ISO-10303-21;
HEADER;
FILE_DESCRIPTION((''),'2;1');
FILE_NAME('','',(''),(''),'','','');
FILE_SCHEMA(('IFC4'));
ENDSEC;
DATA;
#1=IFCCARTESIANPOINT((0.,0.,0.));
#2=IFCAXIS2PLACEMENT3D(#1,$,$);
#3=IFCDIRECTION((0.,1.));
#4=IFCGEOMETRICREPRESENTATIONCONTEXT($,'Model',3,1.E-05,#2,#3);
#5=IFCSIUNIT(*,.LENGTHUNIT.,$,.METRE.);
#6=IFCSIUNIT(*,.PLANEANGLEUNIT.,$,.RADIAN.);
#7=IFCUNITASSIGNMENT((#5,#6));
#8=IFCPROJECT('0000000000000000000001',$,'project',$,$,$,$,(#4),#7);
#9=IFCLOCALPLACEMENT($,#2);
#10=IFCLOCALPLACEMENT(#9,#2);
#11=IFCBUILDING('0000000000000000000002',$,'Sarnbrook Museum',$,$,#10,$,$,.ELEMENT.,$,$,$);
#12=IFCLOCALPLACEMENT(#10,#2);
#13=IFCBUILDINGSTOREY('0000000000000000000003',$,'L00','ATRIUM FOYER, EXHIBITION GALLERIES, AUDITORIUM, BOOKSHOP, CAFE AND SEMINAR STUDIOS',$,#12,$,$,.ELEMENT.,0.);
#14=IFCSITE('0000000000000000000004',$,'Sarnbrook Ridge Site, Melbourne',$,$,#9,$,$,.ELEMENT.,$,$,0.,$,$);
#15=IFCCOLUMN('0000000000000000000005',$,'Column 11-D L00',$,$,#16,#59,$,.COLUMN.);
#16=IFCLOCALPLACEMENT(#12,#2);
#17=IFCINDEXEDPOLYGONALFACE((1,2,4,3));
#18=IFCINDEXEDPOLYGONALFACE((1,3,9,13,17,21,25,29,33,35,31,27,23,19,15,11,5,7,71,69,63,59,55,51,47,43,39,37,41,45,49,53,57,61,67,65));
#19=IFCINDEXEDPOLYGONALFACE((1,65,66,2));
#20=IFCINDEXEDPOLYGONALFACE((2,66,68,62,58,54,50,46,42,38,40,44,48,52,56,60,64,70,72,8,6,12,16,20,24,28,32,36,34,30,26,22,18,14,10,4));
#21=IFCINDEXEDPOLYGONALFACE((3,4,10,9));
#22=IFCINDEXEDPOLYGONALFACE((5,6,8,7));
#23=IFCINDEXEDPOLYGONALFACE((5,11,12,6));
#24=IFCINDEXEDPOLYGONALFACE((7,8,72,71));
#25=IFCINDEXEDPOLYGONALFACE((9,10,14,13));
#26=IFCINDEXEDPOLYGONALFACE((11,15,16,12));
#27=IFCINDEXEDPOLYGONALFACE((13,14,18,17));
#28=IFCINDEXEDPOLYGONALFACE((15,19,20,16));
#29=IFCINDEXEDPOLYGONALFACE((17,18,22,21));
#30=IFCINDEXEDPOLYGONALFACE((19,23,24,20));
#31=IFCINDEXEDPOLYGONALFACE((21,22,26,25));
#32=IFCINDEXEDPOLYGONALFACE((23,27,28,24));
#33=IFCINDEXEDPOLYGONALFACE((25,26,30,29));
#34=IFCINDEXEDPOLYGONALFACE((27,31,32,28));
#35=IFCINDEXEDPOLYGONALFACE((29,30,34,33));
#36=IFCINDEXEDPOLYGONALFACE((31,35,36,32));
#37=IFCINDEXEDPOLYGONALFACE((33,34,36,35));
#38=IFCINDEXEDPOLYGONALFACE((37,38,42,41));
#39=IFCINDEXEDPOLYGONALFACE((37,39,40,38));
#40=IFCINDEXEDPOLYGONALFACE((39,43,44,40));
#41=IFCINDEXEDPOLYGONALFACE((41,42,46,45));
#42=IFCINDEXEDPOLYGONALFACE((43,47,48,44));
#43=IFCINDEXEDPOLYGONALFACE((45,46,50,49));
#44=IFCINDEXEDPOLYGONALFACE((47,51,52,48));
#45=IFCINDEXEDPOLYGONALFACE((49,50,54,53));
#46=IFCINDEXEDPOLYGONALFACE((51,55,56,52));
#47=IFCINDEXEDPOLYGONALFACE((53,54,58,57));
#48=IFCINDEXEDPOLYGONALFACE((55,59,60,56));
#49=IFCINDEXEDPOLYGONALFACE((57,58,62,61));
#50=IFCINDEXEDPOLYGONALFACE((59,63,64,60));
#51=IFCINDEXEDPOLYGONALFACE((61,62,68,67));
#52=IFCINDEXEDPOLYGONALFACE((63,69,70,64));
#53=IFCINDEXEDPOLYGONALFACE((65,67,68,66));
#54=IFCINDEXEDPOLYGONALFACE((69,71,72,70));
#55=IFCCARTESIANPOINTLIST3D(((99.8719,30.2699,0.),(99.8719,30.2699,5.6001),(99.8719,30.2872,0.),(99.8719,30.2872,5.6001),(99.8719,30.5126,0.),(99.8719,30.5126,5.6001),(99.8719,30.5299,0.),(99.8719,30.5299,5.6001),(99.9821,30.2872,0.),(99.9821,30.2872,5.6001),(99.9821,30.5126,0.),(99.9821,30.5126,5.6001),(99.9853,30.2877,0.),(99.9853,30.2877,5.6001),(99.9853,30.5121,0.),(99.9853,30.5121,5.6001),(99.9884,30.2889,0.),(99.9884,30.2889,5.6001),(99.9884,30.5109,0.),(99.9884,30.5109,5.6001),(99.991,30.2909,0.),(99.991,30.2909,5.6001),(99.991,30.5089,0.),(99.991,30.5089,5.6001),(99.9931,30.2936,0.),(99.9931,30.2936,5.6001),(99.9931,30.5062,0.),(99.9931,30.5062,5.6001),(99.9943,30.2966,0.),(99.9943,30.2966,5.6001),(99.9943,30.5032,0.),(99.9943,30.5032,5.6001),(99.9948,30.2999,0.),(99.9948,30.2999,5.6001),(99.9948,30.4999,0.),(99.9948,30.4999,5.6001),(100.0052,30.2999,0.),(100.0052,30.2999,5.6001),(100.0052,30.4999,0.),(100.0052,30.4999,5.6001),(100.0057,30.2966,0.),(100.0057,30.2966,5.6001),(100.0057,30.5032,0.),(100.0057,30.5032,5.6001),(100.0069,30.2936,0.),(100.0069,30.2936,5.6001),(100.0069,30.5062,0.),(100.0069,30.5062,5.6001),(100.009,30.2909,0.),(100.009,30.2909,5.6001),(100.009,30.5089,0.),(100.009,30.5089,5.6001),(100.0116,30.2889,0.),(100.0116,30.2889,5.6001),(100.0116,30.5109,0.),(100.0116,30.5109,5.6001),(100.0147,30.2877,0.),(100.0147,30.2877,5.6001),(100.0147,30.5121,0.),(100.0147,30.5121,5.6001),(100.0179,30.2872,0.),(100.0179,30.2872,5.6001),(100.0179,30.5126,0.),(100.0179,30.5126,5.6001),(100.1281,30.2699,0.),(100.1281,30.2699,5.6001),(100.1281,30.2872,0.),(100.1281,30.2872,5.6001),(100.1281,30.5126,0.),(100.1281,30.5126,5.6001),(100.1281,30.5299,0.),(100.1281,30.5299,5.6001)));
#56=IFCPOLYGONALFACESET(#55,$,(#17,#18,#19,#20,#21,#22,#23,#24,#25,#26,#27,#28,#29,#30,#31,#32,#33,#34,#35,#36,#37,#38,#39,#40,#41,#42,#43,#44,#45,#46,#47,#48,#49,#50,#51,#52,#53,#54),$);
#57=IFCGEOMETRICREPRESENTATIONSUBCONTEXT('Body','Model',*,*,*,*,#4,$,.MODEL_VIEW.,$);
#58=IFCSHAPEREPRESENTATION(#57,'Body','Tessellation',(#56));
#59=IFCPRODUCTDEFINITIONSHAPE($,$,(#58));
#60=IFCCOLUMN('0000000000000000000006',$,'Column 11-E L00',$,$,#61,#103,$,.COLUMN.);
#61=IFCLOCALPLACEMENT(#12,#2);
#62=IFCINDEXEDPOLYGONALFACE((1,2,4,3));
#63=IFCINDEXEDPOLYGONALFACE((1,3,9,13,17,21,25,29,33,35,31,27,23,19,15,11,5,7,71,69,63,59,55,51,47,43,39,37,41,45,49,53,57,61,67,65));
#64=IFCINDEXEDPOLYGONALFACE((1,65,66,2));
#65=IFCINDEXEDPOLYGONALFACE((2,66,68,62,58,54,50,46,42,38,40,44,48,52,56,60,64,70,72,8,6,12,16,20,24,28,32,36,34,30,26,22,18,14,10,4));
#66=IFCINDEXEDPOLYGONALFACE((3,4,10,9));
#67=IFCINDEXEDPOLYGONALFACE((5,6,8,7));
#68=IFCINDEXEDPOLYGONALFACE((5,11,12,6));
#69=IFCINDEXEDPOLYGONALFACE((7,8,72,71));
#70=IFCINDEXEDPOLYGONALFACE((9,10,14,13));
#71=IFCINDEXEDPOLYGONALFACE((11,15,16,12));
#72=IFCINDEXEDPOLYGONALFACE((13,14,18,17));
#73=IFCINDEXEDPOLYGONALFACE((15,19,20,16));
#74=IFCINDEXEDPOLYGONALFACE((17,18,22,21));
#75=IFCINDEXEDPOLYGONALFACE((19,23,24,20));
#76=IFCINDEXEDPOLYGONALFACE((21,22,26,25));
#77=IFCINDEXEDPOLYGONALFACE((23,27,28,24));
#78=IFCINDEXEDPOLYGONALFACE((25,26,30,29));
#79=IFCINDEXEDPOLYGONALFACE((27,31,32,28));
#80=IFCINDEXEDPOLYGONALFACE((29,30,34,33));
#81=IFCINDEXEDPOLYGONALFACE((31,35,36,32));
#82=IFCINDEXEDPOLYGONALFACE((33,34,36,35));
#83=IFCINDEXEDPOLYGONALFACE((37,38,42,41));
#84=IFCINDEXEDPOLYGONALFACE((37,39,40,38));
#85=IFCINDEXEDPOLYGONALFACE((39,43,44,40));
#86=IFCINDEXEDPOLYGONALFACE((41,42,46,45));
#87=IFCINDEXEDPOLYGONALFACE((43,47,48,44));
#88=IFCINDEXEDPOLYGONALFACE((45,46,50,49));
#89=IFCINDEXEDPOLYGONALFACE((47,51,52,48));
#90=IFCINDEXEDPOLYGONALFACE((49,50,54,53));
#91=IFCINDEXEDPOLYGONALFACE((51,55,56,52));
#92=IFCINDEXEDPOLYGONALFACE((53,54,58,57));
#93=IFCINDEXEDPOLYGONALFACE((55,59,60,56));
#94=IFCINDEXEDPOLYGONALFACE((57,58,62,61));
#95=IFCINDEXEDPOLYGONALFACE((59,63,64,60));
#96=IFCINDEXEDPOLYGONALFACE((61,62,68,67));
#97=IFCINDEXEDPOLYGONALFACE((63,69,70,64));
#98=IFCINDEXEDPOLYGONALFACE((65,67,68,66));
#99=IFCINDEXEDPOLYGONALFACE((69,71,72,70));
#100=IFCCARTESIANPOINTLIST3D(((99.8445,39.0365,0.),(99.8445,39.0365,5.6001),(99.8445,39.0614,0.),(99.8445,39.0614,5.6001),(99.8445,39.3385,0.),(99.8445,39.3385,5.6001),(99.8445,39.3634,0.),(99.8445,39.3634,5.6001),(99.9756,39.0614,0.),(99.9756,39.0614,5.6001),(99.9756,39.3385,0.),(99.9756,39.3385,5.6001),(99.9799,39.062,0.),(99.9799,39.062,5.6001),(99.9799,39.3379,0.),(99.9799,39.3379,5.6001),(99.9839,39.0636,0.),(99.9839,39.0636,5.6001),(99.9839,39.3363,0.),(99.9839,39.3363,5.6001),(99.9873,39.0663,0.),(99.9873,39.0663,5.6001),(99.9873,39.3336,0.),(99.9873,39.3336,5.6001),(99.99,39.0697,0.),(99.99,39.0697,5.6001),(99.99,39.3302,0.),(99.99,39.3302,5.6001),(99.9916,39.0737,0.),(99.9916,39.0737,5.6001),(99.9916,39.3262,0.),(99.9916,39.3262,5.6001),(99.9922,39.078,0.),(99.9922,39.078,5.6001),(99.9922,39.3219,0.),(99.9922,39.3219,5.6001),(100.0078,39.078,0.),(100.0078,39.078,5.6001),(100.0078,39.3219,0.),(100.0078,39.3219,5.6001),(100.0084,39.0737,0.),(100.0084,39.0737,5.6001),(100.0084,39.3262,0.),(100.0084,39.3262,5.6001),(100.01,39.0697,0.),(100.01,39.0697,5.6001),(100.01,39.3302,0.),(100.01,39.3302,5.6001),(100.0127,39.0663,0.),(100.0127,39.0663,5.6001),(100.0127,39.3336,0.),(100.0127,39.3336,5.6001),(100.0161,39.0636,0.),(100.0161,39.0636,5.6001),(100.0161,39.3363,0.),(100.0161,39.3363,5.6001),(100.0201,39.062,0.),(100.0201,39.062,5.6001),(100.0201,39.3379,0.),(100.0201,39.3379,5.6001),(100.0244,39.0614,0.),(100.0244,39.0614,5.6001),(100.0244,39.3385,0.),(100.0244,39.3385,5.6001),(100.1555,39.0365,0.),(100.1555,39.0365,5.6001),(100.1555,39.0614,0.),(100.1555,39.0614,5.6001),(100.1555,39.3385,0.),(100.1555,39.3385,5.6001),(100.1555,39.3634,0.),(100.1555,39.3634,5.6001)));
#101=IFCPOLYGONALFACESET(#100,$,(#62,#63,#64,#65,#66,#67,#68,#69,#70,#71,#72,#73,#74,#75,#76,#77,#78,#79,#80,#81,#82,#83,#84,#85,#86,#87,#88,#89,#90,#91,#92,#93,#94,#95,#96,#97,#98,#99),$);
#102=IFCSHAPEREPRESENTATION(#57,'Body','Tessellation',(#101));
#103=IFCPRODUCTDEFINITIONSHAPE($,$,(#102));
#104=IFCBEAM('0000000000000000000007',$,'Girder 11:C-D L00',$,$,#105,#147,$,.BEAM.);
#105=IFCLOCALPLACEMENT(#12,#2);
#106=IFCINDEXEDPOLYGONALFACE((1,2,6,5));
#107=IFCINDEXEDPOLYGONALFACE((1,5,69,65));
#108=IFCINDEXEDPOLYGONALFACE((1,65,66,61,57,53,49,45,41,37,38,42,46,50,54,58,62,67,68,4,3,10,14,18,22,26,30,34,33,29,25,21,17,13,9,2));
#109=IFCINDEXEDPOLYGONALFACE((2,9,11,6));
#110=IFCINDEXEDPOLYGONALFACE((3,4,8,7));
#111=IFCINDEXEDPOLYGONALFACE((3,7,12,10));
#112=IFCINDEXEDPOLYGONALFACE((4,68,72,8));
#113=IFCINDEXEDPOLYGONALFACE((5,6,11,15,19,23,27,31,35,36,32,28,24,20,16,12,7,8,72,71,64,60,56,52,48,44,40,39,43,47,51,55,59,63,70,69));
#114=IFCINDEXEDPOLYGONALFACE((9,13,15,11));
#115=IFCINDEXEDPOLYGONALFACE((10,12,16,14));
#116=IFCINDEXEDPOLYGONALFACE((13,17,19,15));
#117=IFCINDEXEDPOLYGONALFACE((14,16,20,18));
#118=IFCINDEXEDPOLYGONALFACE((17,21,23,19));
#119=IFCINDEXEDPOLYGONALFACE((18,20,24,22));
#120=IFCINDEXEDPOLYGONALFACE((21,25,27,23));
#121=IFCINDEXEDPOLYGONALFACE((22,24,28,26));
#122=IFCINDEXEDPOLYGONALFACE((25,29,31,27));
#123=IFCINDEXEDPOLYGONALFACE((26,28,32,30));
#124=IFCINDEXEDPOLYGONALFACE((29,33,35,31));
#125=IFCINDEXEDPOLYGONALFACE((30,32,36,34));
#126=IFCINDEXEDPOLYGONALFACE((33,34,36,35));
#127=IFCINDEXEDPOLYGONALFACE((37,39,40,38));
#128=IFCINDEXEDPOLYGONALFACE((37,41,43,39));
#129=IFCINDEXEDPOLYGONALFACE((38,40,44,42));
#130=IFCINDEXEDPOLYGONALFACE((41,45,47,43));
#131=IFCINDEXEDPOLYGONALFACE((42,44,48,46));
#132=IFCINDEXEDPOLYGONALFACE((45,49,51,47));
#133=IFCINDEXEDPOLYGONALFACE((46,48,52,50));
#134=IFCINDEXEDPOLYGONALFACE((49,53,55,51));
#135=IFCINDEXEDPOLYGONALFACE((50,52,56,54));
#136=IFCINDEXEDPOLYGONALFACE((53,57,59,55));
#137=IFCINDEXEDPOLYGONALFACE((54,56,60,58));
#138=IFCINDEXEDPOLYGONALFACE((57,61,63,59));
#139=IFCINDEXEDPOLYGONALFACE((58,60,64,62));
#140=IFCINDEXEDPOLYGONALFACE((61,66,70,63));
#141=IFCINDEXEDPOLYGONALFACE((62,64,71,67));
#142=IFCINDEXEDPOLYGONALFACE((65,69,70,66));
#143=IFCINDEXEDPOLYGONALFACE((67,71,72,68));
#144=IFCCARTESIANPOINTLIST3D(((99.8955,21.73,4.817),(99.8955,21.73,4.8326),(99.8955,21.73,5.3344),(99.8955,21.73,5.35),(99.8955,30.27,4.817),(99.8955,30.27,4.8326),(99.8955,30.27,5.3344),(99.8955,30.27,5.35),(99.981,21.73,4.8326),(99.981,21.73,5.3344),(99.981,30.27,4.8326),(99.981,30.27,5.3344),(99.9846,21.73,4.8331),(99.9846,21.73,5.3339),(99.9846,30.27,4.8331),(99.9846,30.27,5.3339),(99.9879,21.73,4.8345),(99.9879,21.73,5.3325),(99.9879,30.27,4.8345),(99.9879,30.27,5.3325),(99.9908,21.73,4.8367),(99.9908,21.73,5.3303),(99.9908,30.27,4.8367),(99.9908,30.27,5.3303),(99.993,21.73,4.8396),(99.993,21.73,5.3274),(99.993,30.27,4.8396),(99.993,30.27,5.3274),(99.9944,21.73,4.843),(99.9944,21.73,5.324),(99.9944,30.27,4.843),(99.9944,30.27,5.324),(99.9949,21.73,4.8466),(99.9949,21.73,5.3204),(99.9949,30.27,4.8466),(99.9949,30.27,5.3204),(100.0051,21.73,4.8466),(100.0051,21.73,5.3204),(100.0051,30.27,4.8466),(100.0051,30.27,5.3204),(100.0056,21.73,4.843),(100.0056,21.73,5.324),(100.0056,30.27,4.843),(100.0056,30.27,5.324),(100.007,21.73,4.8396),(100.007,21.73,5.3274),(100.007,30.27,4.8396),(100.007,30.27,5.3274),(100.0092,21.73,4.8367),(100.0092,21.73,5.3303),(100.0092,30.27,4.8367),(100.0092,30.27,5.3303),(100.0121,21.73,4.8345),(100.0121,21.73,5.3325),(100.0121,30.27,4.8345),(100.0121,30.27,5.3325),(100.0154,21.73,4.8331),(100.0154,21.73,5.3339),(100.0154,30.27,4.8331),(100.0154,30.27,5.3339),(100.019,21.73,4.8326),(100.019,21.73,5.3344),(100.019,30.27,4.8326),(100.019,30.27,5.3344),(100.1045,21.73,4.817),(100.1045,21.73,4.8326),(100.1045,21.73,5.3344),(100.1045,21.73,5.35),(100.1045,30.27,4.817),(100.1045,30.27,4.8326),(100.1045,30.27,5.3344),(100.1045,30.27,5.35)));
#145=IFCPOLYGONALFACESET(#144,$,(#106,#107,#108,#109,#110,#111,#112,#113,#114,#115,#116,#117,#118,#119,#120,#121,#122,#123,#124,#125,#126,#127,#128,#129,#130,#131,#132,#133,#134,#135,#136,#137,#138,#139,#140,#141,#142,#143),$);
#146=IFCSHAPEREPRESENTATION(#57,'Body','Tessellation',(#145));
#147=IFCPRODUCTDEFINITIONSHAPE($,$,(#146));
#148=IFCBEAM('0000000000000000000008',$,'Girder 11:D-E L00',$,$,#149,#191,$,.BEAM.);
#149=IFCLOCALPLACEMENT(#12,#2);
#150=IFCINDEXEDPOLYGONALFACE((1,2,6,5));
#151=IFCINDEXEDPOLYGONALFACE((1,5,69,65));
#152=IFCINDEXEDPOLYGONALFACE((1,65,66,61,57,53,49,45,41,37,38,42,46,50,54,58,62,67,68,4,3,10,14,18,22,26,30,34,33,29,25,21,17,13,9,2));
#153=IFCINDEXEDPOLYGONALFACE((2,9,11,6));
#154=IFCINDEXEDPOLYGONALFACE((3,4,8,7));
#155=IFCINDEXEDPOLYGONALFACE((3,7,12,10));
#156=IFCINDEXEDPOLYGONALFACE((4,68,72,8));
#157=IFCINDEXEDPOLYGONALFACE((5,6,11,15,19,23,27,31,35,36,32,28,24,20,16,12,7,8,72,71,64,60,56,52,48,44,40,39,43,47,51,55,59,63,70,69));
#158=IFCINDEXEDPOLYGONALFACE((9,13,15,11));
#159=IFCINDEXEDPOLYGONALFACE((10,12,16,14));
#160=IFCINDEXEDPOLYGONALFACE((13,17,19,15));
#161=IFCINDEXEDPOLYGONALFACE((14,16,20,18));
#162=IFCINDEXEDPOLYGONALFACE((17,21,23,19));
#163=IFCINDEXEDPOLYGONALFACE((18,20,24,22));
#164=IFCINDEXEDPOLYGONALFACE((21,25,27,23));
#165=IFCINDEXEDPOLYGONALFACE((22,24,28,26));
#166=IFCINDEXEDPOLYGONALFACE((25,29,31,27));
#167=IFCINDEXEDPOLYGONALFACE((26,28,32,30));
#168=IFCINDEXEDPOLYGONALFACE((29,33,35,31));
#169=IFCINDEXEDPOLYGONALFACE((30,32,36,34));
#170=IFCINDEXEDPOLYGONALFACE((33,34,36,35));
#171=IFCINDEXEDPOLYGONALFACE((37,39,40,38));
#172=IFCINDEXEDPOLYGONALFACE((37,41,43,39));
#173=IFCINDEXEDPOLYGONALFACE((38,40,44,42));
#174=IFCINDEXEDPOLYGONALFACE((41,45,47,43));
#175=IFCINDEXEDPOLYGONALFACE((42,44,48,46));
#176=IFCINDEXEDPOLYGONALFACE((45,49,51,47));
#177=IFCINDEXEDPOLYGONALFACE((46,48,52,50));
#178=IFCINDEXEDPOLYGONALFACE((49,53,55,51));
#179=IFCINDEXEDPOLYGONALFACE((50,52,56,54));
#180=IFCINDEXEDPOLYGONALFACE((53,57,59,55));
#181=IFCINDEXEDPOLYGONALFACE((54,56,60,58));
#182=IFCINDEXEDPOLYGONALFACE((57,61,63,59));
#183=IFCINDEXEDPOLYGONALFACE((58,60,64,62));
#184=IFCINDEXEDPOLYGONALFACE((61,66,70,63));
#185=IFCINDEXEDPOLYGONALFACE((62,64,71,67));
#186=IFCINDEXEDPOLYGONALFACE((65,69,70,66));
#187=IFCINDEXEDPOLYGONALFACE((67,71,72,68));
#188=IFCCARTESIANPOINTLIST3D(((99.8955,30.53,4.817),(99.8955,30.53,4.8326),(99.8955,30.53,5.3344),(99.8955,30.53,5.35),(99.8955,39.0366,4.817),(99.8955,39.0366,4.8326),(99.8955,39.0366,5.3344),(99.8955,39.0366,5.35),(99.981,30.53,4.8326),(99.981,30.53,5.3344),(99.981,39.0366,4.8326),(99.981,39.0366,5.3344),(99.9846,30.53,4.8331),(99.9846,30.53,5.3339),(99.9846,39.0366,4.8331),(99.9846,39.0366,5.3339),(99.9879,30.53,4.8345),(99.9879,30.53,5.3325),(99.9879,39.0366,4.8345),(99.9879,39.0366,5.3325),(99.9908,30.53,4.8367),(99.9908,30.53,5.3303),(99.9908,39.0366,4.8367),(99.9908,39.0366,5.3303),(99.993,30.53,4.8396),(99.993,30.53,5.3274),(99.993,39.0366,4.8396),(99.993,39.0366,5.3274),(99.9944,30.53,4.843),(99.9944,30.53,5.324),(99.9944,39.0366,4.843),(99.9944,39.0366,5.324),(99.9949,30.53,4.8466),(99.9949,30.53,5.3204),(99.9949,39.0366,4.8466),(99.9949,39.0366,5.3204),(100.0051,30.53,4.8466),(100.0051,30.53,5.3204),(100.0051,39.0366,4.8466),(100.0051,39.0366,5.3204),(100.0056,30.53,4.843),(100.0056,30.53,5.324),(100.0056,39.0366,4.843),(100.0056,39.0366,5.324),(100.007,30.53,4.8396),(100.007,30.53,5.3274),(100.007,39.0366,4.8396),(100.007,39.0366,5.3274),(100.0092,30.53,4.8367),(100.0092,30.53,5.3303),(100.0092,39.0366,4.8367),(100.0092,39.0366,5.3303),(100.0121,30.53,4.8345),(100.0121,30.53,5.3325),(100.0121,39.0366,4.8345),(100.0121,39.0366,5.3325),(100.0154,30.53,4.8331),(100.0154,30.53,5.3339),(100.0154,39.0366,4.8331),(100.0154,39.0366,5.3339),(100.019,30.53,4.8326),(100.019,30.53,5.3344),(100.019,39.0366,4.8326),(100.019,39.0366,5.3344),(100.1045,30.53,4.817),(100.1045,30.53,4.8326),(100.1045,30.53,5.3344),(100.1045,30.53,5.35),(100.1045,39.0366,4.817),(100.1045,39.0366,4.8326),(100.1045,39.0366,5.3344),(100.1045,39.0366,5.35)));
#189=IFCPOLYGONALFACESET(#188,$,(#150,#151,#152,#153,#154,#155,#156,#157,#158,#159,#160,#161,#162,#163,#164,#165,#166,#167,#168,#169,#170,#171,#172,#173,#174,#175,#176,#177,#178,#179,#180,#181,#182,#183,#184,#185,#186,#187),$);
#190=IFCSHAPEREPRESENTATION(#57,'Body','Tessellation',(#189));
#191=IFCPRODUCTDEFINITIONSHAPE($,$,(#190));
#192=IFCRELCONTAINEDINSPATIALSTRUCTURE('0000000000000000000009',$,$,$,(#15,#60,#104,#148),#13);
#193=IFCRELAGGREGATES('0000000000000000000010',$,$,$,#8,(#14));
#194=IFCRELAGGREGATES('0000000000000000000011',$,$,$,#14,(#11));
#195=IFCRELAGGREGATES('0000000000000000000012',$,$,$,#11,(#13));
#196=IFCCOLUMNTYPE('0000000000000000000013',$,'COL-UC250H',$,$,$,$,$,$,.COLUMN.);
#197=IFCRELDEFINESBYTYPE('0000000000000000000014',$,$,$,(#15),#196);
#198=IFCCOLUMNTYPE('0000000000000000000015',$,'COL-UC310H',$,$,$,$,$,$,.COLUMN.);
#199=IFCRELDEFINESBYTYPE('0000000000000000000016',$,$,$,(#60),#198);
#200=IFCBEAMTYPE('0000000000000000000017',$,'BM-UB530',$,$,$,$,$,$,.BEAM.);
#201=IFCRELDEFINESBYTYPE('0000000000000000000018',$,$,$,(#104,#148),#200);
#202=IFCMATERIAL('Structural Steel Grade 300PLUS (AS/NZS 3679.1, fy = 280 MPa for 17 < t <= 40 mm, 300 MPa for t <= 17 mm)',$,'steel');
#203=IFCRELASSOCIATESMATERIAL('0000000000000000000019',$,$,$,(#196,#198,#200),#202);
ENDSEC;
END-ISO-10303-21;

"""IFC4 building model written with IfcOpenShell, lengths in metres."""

from ifc_helpers import new_model, si_unit, direction, frame, origin, origin_2d, place, context, subcontext, project, spatial, i_section, extrude, material, material_profile, profile_set, type_object, element, save


model = new_model("IFC4")

# Units and contexts
model_context = context("Model", 3, precision=1e-05, world=origin(), true_north=direction((0.0, 1.0)))
body_context = subcontext(model_context, "Body", "Model", "MODEL_VIEW")
ifc_project = project(units=[si_unit("LENGTHUNIT", "METRE"), si_unit("PLANEANGLEUNIT", "RADIAN")], contexts=[model_context])

# Site, building, storey
site_placement = place(None, origin())
site = spatial("IfcSite", under=ifc_project, at=site_placement, Name="Sarnbrook Ridge Site, Melbourne", CompositionType="ELEMENT", RefElevation=0.0)
building_placement = place(site_placement, origin())
building = spatial("IfcBuilding", under=site, at=building_placement, Name="Sarnbrook Museum", CompositionType="ELEMENT")
storey_placement = place(building_placement, origin())
storey = spatial("IfcBuildingStorey", under=building, at=storey_placement, Name="L00", Description="ATRIUM FOYER, EXHIBITION GALLERIES, AUDITORIUM, BOOKSHOP, CAFE AND SEMINAR STUDIOS", CompositionType="ELEMENT", Elevation=0.0)

# Columns
ifc_material_1 = material(Name="Structural Steel Grade 300PLUS (AS/NZS 3679.1, fy = 280 MPa for 17 < t <= 40 mm, 300 MPa for t <= 17 mm)", Category="steel")
ifc_material_profile_1 = material_profile(ifc_material_1, i_section(OverallWidth=0.2561, OverallDepth=0.26, WebThickness=0.0105, FlangeThickness=0.0173, FilletRadius=0.0127, at=origin_2d()), Name="250UC89.5")
ifc_profile_set_1 = profile_set([ifc_material_profile_1], Name="Structural Steel Grade 300PLUS (AS/NZS 3679.1, fy = 280 MPa for 17 < t <= 40 mm, 300 MPa for t <= 17 mm)")
column_type_1 = type_object("IfcColumnType", Name="COL-UC250H", PredefinedType="COLUMN", material=ifc_profile_set_1)
column_1_placement = place(storey_placement, frame((100.0, 30.3999, 0.0), z_axis=(0.0, 0.0, 1.0), x_axis=(1.0, 0.0, 0.0)))
element("IfcColumn", 1, at=column_1_placement, inside=storey, type_object=column_type_1, Name="Column 11-D L00", PredefinedType="COLUMN", context=body_context, shape_type="SweptSolid", body=[
    extrude(i_section(OverallWidth=0.2561, OverallDepth=0.26, WebThickness=0.0105, FlangeThickness=0.0173, FilletRadius=0.0127, at=origin_2d()), origin(), (0.0, 0.0, 1.0), 5.6001),
])
ifc_material_profile_2 = material_profile(ifc_material_1, i_section(OverallWidth=0.311, OverallDepth=0.3269, WebThickness=0.0156, FlangeThickness=0.0249, FilletRadius=0.0166, at=origin_2d()), Name="310UC158")
ifc_profile_set_2 = profile_set([ifc_material_profile_2], Name="Structural Steel Grade 300PLUS (AS/NZS 3679.1, fy = 280 MPa for 17 < t <= 40 mm, 300 MPa for t <= 17 mm)")
column_type_2 = type_object("IfcColumnType", Name="COL-UC310H", PredefinedType="COLUMN", material=ifc_profile_set_2)
column_2_placement = place(storey_placement, frame((100.0, 39.2, 0.0), z_axis=(0.0, 0.0, 1.0), x_axis=(1.0, 0.0, 0.0)))
element("IfcColumn", 2, at=column_2_placement, inside=storey, type_object=column_type_2, Name="Column 11-E L00", PredefinedType="COLUMN", context=body_context, shape_type="SweptSolid", body=[
    extrude(i_section(OverallWidth=0.311, OverallDepth=0.3269, WebThickness=0.0156, FlangeThickness=0.0249, FilletRadius=0.0166, at=origin_2d()), origin(), (0.0, 0.0, 1.0), 5.6001),
])

# Beams
ifc_material_profile_3 = material_profile(ifc_material_1, i_section(OverallWidth=0.209, OverallDepth=0.533, WebThickness=0.0103, FlangeThickness=0.0156, FilletRadius=0.0139, at=origin_2d()), Name="530UB92.4")
ifc_profile_set_3 = profile_set([ifc_material_profile_3], Name="Structural Steel Grade 300PLUS (AS/NZS 3679.1, fy = 280 MPa for 17 < t <= 40 mm, 300 MPa for t <= 17 mm)")
beam_type_1 = type_object("IfcBeamType", Name="BM-UB530", PredefinedType="BEAM", material=ifc_profile_set_3)
beam_1_placement = place(storey_placement, frame((100.0, 21.73, 5.0835), z_axis=(0.0, 1.0, 0.0), x_axis=(-1.0, 0.0, 0.0)))
element("IfcBeam", 3, at=beam_1_placement, inside=storey, type_object=beam_type_1, Name="Girder 11:C-D L00", PredefinedType="BEAM", context=body_context, shape_type="SweptSolid", body=[
    extrude(i_section(OverallWidth=0.209, OverallDepth=0.533, WebThickness=0.0103, FlangeThickness=0.0156, FilletRadius=0.0139, at=origin_2d()), origin(), (0.0, 0.0, 1.0), 8.54),
])
beam_2_placement = place(storey_placement, frame((100.0, 30.53, 5.0835), z_axis=(0.0, 1.0, 0.0), x_axis=(-1.0, 0.0, 0.0)))
element("IfcBeam", 4, at=beam_2_placement, inside=storey, type_object=beam_type_1, Name="Girder 11:D-E L00", PredefinedType="BEAM", context=body_context, shape_type="SweptSolid", body=[
    extrude(i_section(OverallWidth=0.209, OverallDepth=0.533, WebThickness=0.0103, FlangeThickness=0.0156, FilletRadius=0.0139, at=origin_2d()), origin(), (0.0, 0.0, 1.0), 8.5066),
])

save(model, "model.ifc")
